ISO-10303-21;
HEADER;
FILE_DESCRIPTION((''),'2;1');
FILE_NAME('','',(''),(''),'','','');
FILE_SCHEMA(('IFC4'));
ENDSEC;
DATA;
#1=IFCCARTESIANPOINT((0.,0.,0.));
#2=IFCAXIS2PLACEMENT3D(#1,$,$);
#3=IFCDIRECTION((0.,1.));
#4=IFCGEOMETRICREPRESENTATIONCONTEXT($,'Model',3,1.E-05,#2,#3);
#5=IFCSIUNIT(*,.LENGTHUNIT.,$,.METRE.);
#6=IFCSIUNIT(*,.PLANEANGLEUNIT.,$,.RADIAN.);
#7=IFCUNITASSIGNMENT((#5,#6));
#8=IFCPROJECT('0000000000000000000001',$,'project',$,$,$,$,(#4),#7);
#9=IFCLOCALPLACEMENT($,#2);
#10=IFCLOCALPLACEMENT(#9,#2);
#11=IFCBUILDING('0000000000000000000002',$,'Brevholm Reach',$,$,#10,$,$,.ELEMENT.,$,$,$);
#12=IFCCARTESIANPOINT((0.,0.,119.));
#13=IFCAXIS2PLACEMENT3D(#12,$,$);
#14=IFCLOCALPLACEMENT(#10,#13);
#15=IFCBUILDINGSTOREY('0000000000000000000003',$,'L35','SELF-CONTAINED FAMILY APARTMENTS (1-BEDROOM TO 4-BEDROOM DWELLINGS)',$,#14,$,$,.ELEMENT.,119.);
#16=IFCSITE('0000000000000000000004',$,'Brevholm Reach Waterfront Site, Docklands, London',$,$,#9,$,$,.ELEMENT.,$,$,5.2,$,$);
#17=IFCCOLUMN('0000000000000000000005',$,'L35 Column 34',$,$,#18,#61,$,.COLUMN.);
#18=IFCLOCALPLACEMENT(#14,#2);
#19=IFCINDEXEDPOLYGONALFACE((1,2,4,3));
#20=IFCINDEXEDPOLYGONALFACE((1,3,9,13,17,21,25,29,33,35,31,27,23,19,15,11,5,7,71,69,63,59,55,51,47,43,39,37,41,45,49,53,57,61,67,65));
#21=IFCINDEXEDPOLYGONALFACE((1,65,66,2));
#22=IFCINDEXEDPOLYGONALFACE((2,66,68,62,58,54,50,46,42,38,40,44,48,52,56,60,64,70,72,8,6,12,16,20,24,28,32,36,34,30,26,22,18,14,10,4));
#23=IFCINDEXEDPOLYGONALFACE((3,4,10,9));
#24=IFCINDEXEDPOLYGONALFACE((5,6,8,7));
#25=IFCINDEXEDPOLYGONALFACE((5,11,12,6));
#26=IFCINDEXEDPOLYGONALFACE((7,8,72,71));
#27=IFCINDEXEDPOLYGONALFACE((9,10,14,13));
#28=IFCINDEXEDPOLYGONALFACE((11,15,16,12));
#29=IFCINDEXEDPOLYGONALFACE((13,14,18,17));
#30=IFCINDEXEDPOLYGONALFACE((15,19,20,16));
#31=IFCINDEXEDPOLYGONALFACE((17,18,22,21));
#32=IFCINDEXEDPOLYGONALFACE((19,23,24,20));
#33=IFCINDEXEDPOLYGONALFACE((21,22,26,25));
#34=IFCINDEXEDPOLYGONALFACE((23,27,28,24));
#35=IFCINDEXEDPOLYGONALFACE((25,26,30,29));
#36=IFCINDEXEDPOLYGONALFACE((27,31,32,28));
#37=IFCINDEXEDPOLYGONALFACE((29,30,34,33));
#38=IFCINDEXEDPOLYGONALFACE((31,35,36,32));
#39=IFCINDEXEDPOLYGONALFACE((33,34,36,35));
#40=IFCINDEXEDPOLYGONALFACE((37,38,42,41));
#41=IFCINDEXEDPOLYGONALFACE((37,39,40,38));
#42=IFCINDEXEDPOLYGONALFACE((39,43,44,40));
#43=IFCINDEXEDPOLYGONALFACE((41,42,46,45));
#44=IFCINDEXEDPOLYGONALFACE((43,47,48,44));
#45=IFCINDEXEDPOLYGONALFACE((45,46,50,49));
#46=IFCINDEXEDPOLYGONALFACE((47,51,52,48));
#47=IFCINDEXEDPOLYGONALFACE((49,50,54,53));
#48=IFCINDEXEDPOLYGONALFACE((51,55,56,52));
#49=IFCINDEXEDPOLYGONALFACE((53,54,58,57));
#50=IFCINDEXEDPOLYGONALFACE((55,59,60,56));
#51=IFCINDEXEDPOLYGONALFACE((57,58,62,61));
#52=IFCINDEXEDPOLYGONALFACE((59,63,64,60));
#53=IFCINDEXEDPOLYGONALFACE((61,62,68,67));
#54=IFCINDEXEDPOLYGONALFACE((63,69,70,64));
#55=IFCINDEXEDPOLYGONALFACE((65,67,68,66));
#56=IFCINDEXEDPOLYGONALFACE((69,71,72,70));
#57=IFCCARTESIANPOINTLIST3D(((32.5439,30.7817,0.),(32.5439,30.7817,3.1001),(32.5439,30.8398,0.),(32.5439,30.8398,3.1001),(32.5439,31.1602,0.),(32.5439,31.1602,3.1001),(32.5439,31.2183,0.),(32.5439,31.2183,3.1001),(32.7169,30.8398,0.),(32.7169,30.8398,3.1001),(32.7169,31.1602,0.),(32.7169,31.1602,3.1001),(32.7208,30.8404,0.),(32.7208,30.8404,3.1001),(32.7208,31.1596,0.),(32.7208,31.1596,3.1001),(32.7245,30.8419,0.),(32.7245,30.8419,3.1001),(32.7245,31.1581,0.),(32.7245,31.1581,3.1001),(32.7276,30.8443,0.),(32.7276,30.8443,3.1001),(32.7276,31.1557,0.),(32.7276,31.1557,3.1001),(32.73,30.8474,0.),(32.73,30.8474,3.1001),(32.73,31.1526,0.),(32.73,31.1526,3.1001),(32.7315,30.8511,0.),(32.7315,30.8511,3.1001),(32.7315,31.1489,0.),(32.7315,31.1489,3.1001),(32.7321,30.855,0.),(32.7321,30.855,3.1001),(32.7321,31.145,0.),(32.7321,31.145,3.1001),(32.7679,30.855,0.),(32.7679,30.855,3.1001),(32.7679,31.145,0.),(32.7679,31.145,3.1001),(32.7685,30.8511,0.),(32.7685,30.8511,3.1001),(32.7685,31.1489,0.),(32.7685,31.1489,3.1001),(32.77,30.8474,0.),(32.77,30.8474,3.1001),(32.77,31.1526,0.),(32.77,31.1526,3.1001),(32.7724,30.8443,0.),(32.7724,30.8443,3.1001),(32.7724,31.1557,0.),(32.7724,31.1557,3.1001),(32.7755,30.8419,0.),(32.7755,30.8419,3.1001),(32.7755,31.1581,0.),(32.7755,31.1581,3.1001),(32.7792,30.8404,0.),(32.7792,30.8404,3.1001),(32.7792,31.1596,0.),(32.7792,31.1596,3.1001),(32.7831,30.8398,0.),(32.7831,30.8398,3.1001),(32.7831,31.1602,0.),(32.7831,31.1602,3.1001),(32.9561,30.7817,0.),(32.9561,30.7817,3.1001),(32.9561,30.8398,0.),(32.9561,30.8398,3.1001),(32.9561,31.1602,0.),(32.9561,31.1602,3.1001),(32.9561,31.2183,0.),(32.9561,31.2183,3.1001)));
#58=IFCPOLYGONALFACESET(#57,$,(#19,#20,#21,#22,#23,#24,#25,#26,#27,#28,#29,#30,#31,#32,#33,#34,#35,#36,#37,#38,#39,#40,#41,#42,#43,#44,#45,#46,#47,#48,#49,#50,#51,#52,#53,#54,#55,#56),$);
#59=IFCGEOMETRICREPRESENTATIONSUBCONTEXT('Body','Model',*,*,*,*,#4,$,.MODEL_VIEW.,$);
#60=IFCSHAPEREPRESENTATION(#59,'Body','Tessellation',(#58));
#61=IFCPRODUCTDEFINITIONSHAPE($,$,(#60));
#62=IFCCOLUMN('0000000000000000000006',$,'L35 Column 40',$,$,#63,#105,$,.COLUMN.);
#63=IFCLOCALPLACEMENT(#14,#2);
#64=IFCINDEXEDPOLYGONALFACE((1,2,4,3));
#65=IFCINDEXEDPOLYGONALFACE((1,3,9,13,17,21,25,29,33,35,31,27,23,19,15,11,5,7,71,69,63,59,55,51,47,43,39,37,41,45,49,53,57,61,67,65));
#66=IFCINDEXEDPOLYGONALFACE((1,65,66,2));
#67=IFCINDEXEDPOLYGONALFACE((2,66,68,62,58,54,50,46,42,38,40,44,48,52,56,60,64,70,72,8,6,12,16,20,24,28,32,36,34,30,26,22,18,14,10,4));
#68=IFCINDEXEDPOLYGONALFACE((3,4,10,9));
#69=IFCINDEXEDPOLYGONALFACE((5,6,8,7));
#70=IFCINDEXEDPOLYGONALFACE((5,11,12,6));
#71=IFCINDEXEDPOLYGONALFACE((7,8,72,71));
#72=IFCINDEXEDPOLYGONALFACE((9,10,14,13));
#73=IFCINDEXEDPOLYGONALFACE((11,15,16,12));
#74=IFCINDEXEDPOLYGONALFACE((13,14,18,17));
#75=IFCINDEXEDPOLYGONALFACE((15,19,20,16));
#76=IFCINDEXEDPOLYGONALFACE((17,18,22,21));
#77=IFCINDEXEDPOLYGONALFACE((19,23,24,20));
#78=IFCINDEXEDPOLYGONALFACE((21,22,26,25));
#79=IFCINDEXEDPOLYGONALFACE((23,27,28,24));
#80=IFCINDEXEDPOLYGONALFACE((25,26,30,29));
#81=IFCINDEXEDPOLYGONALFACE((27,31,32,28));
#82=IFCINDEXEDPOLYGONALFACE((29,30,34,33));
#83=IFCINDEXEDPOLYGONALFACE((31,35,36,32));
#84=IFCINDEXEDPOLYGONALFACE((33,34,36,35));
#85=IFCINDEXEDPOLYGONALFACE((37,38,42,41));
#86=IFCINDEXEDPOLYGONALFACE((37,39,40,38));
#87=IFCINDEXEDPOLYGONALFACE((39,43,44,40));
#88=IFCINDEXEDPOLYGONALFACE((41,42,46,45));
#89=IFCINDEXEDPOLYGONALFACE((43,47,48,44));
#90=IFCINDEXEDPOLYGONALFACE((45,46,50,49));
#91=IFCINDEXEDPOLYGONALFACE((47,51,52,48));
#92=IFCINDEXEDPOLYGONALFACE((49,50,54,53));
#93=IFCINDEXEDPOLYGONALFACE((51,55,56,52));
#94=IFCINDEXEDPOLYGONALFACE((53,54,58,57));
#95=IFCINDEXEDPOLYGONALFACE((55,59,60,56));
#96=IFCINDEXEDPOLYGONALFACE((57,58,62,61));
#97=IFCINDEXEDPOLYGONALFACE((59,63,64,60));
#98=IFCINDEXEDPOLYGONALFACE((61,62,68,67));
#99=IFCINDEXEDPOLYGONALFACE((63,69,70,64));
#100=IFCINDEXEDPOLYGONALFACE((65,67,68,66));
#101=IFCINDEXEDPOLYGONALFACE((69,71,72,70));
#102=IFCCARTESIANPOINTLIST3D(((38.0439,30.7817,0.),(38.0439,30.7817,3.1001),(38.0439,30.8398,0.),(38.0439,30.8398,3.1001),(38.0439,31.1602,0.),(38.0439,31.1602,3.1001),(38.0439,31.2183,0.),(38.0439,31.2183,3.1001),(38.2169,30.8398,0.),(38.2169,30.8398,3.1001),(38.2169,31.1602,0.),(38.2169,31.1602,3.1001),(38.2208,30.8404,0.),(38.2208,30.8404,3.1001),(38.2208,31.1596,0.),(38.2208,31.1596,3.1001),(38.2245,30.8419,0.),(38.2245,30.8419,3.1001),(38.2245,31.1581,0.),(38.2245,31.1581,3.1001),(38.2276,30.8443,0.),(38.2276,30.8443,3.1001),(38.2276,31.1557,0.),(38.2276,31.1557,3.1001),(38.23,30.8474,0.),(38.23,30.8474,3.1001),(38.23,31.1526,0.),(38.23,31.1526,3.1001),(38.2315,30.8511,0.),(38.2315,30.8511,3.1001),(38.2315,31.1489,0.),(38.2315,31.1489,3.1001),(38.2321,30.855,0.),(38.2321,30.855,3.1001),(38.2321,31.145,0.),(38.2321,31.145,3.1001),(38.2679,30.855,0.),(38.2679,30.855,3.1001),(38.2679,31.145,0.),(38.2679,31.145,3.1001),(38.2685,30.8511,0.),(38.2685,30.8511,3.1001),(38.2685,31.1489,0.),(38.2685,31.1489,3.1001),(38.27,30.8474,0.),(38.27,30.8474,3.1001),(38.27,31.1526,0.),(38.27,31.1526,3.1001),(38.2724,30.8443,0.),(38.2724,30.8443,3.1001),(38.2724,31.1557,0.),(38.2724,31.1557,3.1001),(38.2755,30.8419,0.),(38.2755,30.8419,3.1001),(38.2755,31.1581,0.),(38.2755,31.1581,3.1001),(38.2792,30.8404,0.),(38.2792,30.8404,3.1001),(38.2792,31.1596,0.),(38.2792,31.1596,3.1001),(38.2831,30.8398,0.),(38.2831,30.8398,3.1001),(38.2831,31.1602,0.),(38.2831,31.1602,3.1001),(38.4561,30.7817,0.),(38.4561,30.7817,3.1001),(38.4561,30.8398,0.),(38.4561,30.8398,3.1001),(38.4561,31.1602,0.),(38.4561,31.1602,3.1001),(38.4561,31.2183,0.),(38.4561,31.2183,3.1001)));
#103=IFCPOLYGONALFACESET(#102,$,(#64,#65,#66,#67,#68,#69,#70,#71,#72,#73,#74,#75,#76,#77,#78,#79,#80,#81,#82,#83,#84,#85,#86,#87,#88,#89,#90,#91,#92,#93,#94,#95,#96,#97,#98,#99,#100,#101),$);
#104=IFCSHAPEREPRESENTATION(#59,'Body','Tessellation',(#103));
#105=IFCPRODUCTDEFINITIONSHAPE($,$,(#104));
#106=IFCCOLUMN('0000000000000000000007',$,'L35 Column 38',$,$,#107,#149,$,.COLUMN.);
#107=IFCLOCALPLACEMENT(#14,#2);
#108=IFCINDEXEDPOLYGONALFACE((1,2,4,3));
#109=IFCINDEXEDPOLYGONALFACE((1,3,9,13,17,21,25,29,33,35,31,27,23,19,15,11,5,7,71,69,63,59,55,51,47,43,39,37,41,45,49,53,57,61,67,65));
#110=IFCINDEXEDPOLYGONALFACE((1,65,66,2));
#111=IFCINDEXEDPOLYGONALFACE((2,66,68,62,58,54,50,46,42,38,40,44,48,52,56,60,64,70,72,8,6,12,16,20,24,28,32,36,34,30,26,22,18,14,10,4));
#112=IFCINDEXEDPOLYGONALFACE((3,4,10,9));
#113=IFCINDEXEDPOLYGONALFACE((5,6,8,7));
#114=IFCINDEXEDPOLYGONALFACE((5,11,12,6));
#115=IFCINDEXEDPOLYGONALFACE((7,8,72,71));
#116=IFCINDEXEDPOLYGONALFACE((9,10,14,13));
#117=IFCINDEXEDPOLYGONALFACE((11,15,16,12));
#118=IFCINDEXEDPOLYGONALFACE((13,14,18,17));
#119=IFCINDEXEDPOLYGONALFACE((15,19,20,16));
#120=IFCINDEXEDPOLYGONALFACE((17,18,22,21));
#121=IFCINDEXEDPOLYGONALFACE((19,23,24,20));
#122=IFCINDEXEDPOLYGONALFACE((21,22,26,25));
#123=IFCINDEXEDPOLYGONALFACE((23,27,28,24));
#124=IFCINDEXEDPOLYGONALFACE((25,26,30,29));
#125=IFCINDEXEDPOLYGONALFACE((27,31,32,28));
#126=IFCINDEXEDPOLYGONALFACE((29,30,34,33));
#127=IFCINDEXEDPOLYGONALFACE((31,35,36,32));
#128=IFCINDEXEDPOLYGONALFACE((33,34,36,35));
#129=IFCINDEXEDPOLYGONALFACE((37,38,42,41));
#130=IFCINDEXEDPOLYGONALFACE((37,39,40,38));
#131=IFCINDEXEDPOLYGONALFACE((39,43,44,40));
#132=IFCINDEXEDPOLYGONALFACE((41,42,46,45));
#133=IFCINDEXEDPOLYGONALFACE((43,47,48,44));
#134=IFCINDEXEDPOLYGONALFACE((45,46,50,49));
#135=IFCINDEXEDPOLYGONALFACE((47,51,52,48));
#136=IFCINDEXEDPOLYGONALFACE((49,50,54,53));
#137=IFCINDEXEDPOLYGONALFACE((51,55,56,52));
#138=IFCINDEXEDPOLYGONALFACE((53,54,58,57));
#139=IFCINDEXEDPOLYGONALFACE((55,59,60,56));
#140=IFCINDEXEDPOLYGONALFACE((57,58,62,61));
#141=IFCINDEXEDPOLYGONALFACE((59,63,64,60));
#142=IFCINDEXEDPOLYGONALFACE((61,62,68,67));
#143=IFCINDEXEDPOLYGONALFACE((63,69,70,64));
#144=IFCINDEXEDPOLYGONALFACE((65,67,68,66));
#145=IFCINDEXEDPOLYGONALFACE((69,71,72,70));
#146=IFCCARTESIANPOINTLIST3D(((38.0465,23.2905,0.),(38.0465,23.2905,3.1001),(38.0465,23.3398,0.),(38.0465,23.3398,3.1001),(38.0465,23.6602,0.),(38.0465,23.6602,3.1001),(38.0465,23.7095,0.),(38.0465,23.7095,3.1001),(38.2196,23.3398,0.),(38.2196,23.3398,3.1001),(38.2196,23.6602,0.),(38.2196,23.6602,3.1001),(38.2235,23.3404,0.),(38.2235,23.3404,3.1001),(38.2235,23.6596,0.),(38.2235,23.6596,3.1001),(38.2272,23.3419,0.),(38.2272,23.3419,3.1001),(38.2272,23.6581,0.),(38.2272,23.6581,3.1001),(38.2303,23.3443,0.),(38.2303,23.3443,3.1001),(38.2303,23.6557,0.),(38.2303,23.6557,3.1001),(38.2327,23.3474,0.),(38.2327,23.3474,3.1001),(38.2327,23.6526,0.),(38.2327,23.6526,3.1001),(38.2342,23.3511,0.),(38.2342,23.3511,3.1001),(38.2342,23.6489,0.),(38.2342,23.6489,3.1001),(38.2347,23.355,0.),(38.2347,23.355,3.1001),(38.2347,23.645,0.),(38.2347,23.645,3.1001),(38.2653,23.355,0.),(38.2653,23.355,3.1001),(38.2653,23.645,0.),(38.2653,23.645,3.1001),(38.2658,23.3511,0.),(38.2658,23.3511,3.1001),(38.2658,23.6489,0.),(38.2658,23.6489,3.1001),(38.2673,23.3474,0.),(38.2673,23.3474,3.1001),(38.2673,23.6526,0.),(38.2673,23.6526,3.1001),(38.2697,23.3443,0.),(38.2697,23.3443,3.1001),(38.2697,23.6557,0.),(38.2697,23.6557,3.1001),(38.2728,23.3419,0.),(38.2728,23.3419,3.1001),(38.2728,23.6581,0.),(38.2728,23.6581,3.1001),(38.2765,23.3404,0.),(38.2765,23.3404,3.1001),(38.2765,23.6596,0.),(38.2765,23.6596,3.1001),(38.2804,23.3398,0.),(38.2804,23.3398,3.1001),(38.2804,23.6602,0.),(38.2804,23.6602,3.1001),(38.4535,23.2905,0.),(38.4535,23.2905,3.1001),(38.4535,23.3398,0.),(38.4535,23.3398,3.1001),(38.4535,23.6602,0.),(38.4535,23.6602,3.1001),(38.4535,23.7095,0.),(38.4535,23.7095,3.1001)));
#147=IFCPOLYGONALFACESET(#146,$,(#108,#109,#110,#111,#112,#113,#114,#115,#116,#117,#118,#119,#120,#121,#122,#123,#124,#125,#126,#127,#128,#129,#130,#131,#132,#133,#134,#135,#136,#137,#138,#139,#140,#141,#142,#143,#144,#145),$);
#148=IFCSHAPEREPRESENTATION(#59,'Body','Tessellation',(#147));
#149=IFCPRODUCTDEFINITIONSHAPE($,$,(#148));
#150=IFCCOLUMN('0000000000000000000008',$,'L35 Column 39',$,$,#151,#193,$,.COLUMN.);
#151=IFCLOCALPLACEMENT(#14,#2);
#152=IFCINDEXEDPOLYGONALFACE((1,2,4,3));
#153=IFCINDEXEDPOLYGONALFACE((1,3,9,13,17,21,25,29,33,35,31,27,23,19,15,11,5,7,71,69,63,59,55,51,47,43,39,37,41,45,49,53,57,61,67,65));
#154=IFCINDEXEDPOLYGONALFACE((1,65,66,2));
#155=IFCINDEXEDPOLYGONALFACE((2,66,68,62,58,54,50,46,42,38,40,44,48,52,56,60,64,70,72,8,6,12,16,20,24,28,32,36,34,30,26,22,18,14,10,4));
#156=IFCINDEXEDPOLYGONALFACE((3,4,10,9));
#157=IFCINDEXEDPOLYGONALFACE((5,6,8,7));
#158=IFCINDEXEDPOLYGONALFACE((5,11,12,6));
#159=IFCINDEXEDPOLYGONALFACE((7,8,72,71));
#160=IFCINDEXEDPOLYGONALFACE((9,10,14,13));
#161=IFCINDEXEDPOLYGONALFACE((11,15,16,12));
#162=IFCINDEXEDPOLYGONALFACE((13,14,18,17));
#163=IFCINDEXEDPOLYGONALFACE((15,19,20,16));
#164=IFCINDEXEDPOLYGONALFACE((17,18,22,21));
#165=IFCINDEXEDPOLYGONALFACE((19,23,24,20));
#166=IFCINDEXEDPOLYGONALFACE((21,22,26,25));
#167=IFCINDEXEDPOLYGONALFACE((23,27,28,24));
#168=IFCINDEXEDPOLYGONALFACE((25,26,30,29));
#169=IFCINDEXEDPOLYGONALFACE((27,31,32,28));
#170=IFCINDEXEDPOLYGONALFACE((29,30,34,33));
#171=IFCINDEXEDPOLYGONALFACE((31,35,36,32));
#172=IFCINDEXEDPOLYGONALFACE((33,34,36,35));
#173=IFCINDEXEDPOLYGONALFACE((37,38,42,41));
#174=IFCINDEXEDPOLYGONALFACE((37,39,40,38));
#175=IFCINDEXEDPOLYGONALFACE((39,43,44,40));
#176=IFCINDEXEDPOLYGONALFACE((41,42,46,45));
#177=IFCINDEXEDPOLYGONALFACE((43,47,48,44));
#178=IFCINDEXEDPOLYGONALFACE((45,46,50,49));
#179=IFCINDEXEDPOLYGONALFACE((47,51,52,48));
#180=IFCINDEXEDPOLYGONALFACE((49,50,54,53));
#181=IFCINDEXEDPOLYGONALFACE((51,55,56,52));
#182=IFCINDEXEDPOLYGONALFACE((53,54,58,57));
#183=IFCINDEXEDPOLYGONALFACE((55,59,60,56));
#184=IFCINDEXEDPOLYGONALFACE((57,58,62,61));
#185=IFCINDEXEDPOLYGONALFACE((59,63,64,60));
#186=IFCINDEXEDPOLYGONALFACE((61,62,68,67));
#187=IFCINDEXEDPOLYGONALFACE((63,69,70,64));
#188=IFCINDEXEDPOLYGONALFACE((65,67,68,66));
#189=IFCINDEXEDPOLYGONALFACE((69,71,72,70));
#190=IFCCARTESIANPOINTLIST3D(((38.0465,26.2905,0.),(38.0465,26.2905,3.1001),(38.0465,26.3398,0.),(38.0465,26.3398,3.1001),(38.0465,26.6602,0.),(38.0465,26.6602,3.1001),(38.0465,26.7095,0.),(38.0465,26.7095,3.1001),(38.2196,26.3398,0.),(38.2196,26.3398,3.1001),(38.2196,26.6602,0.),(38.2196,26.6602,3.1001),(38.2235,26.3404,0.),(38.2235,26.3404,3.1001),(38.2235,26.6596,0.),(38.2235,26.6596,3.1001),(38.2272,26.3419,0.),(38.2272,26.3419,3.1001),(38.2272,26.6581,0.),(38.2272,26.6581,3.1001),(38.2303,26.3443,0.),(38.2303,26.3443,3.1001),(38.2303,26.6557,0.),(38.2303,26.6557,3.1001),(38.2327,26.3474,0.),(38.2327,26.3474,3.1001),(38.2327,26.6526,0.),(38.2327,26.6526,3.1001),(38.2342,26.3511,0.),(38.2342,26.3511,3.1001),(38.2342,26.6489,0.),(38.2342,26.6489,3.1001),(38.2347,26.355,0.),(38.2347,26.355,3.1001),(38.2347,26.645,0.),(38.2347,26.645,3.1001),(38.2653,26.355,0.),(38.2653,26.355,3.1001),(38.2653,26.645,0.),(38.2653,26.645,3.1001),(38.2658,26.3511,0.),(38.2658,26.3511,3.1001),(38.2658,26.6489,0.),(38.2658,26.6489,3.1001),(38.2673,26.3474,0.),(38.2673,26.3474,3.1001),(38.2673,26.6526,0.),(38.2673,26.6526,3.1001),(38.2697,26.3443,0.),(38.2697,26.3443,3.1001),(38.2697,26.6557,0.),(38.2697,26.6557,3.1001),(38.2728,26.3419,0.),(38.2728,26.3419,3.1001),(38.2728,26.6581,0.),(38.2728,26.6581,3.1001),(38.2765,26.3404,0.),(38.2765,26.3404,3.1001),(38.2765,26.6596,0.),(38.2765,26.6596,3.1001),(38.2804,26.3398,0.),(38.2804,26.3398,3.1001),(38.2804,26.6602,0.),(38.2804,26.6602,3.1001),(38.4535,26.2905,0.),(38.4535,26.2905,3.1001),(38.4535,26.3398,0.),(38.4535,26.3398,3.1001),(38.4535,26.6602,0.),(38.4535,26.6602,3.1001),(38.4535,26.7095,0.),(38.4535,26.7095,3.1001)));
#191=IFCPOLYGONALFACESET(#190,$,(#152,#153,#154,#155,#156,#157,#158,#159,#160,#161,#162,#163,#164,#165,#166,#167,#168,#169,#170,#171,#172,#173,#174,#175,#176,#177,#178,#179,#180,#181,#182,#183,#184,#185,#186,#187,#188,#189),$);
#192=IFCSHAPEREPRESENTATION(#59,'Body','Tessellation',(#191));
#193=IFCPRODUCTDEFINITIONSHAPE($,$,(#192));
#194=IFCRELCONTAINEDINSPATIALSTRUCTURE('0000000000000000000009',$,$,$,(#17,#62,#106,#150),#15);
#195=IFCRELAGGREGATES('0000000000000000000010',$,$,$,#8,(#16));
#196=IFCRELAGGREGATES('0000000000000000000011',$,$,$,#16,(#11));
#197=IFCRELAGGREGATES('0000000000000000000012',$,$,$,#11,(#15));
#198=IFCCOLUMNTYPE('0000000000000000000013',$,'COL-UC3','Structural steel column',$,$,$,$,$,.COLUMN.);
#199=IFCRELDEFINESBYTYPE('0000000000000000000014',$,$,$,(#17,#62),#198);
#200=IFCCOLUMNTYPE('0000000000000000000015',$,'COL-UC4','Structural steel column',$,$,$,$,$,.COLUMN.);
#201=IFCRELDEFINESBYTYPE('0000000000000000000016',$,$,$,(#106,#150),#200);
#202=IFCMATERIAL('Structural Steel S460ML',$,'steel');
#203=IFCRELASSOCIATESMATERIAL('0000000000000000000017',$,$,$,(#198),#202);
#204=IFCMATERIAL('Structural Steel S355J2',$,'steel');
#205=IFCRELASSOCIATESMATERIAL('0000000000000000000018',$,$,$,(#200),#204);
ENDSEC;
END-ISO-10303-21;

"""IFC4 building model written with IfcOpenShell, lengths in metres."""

from ifc_helpers import new_model, si_unit, direction, frame, origin, origin_2d, place, context, subcontext, project, spatial, i_section, extrude, material, material_profile, profile_set, type_object, element, save


model = new_model("IFC4")

# Units and contexts
model_context = context("Model", 3, precision=1e-05, world=origin(), true_north=direction((0.0, 1.0)))
body_context = subcontext(model_context, "Body", "Model", "MODEL_VIEW")
ifc_project = project(units=[si_unit("LENGTHUNIT", "METRE"), si_unit("PLANEANGLEUNIT", "RADIAN")], contexts=[model_context])

# Site, building, storey
site_placement = place(None, origin())
site = spatial("IfcSite", under=ifc_project, at=site_placement, Name="Brevholm Reach Waterfront Site, Docklands, London", CompositionType="ELEMENT", RefElevation=5.2)
building_placement = place(site_placement, origin())
building = spatial("IfcBuilding", under=site, at=building_placement, Name="Brevholm Reach", CompositionType="ELEMENT")
storey_placement = place(building_placement, frame((0.0, 0.0, 119.0)))
storey = spatial("IfcBuildingStorey", under=building, at=storey_placement, Name="L35", Description="SELF-CONTAINED FAMILY APARTMENTS (1-BEDROOM TO 4-BEDROOM DWELLINGS)", CompositionType="ELEMENT", Elevation=119.0)

# Columns
ifc_material_1 = material(Name="Structural Steel S460ML", Category="steel")
ifc_material_profile_1 = material_profile(ifc_material_1, i_section(OverallWidth=0.4121, OverallDepth=0.4365, WebThickness=0.0359, FlangeThickness=0.0581, FilletRadius=0.0151, at=origin_2d()), Name="UKC 356x406x467")
ifc_profile_set_1 = profile_set([ifc_material_profile_1], Name="Structural Steel S460ML")
column_type_1 = type_object("IfcColumnType", Name="COL-UC3", Description="Structural steel column", PredefinedType="COLUMN", material=ifc_profile_set_1)
for number, where, z_axis, x_axis, name in (
    (1, (32.75, 31.0, 0.0), (0.0, 0.0, 1.0), (1.0, 0.0, 0.0), "L35 Column 34"),
    (2, (38.25, 31.0, 0.0), (0.0, 0.0, 1.0), (1.0, 0.0, 0.0), "L35 Column 40"),
):
    element("IfcColumn", number, at=place(storey_placement, frame(where, z_axis=z_axis, x_axis=x_axis)), inside=storey, type_object=column_type_1, Name=name, PredefinedType="COLUMN", context=body_context, shape_type="SweptSolid", body=[
        extrude(i_section(OverallWidth=0.4121, OverallDepth=0.4365, WebThickness=0.0359, FlangeThickness=0.0581, FilletRadius=0.0151, at=origin_2d()), origin(), (0.0, 0.0, 1.0), 3.1001),
    ])
ifc_material_2 = material(Name="Structural Steel S355J2", Category="steel")
ifc_material_profile_2 = material_profile(ifc_material_2, i_section(OverallWidth=0.407, OverallDepth=0.4189, WebThickness=0.0305, FlangeThickness=0.0493, FilletRadius=0.0151, at=origin_2d()), Name="UKC 356x406x393")
ifc_profile_set_2 = profile_set([ifc_material_profile_2], Name="Structural Steel S355J2")
column_type_2 = type_object("IfcColumnType", Name="COL-UC4", Description="Structural steel column", PredefinedType="COLUMN", material=ifc_profile_set_2)
for number, where, z_axis, x_axis, name in (
    (3, (38.25, 23.5, 0.0), (0.0, 0.0, 1.0), (1.0, 0.0, 0.0), "L35 Column 38"),
    (4, (38.25, 26.5, 0.0), (0.0, 0.0, 1.0), (1.0, 0.0, 0.0), "L35 Column 39"),
):
    element("IfcColumn", number, at=place(storey_placement, frame(where, z_axis=z_axis, x_axis=x_axis)), inside=storey, type_object=column_type_2, Name=name, PredefinedType="COLUMN", context=body_context, shape_type="SweptSolid", body=[
        extrude(i_section(OverallWidth=0.407, OverallDepth=0.4189, WebThickness=0.0305, FlangeThickness=0.0493, FilletRadius=0.0151, at=origin_2d()), origin(), (0.0, 0.0, 1.0), 3.1001),
    ])

save(model, "model.ifc")
